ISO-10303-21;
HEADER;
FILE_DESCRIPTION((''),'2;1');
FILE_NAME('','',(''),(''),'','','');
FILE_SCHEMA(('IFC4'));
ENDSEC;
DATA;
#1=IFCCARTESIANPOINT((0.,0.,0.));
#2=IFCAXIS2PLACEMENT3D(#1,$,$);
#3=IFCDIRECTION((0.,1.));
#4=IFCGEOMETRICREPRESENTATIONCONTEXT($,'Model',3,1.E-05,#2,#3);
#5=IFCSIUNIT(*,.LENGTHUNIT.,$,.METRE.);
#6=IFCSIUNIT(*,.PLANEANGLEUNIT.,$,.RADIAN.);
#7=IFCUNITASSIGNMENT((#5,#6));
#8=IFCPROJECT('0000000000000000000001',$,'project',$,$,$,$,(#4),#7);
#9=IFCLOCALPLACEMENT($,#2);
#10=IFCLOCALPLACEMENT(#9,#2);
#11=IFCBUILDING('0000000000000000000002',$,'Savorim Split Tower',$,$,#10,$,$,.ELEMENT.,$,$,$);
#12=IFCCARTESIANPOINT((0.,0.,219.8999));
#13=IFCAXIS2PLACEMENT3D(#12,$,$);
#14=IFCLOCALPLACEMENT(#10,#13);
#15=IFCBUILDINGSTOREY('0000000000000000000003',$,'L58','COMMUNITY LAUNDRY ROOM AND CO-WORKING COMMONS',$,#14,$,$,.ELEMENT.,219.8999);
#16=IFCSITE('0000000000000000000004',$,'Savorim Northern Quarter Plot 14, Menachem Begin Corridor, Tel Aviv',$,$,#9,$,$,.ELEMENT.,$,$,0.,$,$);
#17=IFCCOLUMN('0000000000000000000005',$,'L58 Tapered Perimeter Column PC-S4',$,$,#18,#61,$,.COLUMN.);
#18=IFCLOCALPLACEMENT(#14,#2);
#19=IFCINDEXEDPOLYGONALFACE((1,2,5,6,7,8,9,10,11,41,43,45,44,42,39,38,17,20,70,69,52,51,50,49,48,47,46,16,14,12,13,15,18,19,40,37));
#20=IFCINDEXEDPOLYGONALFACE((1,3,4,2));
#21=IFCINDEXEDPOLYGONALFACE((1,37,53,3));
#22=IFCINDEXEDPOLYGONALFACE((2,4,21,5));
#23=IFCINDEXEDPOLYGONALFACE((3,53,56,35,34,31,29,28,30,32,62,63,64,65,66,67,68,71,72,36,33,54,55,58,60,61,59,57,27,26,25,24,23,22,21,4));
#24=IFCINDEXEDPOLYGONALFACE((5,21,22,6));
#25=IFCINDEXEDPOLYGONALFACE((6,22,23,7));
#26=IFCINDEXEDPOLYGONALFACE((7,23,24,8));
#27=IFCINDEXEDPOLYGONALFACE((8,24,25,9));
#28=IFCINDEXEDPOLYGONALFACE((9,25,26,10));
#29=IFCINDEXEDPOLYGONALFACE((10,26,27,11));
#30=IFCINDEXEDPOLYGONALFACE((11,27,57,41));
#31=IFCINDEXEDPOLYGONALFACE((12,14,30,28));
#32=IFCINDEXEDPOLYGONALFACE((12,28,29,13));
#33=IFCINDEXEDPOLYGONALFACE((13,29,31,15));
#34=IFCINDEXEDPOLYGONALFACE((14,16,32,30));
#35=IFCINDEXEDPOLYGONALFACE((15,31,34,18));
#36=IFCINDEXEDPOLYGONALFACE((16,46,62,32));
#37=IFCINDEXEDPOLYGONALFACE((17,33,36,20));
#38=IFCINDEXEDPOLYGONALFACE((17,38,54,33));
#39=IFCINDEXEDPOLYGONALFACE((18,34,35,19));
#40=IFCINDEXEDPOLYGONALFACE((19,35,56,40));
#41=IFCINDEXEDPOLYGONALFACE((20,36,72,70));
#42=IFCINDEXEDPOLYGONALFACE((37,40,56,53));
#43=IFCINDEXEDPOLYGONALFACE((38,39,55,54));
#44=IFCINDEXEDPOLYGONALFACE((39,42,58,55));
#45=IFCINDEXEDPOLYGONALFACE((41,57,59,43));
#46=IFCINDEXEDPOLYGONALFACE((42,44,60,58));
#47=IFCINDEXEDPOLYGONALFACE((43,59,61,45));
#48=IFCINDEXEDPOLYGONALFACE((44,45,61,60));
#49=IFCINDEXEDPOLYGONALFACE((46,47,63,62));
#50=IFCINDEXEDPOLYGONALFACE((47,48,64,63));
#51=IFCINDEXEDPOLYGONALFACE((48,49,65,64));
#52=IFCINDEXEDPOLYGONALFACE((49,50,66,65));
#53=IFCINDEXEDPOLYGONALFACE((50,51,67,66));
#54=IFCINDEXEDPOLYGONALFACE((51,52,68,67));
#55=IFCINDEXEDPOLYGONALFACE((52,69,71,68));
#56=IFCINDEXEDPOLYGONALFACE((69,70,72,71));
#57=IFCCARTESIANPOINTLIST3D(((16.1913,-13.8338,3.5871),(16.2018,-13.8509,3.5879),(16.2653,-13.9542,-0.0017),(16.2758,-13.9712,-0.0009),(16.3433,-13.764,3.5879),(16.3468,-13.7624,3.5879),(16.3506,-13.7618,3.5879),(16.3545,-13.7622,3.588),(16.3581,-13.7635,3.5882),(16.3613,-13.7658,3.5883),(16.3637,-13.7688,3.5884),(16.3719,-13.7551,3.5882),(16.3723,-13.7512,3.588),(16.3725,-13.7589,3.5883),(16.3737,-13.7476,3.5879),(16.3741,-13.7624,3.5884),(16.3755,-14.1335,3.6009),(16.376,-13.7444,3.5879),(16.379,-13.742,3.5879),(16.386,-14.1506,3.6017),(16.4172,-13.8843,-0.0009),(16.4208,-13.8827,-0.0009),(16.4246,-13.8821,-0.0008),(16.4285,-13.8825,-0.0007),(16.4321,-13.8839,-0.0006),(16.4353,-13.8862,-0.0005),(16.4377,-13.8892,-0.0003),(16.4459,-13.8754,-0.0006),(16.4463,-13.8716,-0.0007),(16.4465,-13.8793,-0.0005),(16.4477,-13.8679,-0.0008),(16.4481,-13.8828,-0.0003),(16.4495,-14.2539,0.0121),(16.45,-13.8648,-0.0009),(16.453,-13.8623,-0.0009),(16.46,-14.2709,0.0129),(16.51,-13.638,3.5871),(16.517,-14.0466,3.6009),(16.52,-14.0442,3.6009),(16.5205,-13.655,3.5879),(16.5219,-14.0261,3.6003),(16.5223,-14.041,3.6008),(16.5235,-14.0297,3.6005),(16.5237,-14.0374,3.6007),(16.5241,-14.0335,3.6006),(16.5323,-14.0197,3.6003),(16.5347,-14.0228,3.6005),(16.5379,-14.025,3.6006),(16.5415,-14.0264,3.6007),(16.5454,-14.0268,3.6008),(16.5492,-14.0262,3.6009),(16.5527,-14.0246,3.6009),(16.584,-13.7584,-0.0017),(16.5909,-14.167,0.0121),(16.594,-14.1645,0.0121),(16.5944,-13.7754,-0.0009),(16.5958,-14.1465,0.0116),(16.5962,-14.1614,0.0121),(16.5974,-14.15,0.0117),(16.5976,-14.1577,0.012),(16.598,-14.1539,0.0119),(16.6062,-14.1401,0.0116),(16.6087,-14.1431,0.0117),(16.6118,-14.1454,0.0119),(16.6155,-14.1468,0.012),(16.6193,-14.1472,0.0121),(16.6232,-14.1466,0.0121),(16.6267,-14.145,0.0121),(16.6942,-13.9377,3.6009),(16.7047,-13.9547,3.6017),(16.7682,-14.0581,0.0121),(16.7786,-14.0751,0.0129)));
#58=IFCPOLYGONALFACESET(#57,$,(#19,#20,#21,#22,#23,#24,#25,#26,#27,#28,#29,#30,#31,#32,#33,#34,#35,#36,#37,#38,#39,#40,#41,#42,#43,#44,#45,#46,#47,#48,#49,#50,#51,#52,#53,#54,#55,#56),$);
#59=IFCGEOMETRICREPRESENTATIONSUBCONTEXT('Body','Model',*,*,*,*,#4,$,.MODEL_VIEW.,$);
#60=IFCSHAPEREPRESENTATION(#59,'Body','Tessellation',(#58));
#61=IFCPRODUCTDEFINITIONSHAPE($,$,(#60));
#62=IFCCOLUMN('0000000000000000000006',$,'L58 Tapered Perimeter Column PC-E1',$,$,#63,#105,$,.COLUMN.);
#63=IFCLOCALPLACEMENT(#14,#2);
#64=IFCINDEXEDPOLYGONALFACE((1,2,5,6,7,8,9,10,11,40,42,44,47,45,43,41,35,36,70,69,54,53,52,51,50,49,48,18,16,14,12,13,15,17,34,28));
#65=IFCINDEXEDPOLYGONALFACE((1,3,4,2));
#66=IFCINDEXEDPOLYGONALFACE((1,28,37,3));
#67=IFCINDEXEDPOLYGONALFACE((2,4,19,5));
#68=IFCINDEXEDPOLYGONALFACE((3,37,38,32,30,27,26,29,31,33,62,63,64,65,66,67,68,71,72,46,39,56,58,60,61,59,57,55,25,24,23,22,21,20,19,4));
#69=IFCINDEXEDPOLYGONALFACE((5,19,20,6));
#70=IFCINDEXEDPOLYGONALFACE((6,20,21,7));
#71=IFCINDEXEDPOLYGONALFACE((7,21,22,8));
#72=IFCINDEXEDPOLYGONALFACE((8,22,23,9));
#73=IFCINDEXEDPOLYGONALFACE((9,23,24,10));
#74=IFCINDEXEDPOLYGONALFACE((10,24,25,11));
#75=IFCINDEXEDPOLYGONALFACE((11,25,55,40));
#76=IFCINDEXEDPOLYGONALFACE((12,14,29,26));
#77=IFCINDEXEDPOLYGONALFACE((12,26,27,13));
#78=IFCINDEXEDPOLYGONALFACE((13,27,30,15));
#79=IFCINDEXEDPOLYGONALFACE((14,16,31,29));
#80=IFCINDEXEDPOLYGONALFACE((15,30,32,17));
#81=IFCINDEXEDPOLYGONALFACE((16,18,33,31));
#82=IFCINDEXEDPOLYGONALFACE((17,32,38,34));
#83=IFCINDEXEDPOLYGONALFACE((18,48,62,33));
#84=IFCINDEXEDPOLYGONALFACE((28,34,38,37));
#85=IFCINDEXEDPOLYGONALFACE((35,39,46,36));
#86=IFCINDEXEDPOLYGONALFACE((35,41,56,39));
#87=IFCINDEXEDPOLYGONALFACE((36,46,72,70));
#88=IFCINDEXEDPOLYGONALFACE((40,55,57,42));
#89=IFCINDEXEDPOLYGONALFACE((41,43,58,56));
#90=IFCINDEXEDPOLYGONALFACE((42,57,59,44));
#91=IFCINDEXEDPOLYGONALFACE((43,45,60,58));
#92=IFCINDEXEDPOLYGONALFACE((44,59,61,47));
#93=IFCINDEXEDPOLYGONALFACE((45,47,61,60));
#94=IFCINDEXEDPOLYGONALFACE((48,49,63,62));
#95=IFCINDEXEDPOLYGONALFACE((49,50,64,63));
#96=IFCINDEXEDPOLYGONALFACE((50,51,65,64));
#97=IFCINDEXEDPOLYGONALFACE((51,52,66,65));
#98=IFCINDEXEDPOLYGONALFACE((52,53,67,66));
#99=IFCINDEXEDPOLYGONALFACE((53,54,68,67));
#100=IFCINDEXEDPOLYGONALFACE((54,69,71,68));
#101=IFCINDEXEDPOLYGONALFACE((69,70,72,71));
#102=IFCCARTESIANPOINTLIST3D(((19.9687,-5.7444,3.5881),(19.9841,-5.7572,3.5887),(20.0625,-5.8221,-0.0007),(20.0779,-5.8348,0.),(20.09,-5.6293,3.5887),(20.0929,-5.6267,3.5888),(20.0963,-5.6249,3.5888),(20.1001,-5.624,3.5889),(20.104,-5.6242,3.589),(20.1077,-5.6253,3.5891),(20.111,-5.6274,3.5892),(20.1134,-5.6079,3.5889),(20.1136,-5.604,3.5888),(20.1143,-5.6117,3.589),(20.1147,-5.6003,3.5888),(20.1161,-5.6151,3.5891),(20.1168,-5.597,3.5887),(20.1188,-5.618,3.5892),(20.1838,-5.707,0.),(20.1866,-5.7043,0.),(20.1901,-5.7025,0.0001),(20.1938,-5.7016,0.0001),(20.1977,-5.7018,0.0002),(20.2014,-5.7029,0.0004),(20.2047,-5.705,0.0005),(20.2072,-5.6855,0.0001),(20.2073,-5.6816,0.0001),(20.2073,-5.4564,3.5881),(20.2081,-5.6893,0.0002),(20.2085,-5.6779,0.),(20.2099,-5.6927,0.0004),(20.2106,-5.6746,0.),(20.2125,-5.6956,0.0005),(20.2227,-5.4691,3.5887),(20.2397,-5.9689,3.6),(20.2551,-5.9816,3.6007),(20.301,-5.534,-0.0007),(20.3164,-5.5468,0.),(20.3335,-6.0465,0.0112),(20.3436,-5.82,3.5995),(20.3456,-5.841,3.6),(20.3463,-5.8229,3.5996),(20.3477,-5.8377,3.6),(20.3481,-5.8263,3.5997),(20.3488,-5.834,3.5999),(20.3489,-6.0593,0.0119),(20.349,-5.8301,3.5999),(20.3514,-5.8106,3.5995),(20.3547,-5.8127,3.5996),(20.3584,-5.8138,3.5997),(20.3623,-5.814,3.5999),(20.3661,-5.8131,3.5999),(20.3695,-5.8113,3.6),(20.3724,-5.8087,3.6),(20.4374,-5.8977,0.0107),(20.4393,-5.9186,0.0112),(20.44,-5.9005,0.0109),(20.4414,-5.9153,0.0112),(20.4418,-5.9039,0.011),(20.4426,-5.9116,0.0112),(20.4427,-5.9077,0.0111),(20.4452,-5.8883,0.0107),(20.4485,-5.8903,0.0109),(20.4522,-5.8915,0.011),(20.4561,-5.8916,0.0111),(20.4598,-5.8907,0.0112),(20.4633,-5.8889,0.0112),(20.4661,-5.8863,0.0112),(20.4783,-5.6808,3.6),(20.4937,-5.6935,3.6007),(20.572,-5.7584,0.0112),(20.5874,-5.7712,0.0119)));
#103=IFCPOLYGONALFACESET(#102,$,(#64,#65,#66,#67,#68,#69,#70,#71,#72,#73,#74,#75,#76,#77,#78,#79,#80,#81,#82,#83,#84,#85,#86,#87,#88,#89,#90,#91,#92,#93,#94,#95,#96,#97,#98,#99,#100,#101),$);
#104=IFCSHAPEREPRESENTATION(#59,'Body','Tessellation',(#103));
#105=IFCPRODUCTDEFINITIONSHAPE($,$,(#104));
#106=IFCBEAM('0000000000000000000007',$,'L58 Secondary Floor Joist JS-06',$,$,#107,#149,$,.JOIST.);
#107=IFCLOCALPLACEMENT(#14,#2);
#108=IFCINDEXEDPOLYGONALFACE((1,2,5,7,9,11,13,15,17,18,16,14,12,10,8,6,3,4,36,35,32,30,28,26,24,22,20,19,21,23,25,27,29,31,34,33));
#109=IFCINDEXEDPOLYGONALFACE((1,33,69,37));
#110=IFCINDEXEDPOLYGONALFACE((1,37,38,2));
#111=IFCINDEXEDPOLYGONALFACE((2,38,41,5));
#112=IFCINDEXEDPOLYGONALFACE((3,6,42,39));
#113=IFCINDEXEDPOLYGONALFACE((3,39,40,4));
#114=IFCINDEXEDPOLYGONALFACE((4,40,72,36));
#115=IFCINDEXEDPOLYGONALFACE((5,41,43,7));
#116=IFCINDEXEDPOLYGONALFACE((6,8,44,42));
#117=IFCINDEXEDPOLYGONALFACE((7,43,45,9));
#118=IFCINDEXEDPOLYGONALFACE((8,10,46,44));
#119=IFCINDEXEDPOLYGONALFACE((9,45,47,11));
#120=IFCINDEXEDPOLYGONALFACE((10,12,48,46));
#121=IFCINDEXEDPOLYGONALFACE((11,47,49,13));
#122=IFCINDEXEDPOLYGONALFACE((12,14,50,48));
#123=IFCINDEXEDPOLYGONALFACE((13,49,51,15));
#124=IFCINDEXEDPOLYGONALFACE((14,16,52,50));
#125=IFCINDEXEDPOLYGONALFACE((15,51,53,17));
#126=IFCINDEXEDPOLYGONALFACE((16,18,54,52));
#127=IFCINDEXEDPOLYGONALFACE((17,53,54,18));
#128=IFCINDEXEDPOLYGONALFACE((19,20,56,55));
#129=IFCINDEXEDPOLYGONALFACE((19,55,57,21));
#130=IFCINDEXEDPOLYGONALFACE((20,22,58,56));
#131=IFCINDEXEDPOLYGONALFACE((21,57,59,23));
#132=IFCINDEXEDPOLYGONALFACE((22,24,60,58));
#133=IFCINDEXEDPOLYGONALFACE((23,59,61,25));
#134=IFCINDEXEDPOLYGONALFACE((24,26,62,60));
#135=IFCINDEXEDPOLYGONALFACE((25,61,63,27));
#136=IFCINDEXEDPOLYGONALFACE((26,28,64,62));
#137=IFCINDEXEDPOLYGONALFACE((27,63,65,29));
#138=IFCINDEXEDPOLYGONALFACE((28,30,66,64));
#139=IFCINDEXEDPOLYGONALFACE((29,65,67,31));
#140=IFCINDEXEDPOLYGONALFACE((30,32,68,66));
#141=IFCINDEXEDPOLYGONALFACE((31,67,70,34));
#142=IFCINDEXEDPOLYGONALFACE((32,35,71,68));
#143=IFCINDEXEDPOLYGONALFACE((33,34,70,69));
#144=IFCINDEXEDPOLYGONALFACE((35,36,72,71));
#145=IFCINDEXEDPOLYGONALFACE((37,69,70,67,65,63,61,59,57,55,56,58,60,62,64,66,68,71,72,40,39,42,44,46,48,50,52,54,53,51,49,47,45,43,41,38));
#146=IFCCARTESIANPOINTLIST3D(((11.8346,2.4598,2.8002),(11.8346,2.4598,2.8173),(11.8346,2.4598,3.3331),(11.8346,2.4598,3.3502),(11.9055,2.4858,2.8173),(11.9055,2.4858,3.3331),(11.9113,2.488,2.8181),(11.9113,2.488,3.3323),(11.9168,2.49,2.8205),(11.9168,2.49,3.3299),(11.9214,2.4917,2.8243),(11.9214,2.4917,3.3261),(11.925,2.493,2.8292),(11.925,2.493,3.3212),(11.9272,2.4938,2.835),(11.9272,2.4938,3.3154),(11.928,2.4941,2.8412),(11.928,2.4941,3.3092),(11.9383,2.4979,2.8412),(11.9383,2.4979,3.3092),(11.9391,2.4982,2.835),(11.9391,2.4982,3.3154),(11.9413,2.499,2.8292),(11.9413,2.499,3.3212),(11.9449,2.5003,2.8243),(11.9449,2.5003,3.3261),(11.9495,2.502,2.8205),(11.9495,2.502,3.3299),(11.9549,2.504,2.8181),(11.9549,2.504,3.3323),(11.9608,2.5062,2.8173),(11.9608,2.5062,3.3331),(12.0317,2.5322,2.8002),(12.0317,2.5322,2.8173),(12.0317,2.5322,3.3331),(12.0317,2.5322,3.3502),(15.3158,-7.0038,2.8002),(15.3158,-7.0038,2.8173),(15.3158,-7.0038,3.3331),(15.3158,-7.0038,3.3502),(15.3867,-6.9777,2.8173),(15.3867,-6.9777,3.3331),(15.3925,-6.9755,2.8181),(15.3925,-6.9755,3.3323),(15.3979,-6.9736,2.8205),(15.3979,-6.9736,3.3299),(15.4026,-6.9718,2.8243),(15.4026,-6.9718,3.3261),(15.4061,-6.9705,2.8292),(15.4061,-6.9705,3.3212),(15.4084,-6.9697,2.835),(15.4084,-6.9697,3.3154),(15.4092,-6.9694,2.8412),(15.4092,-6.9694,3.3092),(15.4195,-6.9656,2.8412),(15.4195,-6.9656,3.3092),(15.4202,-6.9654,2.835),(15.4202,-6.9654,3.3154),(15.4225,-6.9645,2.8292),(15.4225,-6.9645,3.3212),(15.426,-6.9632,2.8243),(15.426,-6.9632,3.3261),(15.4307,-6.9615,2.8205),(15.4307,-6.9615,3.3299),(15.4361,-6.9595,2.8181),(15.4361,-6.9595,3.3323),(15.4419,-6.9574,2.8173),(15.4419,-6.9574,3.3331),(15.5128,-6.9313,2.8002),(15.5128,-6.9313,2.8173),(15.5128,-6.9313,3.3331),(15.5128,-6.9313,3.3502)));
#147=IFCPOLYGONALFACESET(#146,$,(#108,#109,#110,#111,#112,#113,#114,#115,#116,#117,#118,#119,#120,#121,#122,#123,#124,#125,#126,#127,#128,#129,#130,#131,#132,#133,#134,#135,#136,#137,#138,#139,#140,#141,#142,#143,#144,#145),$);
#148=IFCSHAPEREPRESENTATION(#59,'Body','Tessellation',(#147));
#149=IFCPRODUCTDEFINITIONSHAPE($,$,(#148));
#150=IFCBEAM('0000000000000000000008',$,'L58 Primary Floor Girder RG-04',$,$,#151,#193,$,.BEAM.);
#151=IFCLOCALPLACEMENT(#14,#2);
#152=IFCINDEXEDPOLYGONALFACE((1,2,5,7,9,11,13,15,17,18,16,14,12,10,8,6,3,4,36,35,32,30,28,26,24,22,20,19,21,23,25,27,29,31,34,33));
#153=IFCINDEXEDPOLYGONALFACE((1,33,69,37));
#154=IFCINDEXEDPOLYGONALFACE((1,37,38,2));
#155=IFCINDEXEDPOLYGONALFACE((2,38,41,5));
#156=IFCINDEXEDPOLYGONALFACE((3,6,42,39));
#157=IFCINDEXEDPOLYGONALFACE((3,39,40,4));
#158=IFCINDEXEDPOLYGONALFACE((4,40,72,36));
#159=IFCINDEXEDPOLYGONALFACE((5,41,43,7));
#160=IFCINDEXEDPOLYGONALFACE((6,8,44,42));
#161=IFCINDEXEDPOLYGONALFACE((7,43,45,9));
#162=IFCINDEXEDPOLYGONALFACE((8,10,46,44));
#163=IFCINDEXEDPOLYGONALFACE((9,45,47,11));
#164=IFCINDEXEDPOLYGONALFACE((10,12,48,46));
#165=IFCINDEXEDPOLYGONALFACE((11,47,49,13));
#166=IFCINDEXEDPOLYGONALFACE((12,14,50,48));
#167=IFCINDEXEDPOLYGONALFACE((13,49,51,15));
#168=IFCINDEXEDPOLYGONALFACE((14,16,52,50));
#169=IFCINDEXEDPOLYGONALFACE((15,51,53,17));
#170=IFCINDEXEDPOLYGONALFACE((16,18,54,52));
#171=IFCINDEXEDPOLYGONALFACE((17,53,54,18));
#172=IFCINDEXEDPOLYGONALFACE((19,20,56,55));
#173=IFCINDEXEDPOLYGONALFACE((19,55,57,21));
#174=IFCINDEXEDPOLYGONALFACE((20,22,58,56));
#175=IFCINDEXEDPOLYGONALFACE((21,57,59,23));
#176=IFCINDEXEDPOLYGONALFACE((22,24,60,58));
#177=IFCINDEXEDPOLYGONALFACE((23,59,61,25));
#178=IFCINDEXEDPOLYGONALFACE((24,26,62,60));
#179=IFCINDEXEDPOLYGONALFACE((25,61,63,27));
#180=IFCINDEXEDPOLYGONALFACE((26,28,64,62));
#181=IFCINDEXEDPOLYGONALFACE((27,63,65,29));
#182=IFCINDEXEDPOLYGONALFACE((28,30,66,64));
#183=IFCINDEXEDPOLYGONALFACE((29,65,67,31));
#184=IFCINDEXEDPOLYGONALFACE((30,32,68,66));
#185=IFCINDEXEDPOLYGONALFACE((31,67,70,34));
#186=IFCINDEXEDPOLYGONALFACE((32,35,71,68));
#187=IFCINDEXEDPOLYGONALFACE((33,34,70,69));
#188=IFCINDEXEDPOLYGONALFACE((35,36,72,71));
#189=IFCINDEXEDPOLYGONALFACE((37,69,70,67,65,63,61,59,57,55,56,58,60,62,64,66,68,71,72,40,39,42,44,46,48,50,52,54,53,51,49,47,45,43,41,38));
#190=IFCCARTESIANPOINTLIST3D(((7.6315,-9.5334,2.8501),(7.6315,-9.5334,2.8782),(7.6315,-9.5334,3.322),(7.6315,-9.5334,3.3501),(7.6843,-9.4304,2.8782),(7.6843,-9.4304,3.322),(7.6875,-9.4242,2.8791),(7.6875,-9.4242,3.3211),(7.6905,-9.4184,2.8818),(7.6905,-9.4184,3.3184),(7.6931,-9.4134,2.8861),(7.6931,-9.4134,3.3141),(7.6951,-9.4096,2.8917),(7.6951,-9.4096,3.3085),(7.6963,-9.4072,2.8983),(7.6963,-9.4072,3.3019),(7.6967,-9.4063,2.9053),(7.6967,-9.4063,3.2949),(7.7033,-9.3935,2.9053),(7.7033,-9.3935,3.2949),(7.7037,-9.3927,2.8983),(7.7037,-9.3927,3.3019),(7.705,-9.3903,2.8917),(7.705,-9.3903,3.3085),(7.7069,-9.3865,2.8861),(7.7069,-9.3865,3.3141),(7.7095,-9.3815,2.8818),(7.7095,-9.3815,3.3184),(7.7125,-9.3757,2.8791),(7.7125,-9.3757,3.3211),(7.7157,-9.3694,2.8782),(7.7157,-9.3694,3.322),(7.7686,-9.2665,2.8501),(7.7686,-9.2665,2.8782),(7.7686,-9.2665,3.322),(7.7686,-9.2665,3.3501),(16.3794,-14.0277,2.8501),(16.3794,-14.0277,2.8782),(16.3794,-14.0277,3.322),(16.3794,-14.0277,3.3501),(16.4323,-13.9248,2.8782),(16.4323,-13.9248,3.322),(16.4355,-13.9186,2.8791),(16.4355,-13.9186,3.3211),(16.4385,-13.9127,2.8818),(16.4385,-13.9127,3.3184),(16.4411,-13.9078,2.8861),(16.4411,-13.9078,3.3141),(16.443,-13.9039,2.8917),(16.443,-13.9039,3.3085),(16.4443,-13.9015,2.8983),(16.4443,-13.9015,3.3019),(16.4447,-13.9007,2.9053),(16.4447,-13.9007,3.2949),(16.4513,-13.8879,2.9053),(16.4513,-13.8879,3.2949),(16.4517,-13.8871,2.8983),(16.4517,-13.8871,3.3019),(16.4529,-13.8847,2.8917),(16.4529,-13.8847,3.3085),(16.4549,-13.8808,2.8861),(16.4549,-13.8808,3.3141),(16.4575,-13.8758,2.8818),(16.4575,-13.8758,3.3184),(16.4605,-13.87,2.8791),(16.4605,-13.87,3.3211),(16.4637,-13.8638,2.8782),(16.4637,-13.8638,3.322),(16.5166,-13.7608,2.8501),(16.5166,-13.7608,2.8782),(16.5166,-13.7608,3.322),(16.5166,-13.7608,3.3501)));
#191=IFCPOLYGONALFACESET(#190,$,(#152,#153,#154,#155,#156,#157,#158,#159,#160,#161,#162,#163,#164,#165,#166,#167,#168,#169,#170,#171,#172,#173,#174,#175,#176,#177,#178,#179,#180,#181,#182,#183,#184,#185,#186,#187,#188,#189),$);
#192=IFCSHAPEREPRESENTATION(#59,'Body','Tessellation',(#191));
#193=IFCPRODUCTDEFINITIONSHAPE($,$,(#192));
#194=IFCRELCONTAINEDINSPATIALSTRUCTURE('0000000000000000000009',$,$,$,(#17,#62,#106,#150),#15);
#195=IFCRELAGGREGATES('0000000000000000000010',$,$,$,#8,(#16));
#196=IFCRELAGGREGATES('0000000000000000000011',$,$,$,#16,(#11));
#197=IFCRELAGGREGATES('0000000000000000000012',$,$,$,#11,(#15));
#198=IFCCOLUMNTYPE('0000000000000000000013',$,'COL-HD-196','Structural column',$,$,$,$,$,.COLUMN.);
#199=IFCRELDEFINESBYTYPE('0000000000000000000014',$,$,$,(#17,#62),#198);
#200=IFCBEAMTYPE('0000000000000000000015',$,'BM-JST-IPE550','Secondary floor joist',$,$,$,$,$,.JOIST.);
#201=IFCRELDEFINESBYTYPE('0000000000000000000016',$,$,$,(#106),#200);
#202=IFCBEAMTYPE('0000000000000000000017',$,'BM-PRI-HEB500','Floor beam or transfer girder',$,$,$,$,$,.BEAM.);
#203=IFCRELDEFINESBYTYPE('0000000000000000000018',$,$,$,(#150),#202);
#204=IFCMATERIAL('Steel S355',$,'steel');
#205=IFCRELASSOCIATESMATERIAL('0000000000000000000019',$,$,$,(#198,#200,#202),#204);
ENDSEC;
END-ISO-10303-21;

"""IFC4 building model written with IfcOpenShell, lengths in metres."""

from ifc_helpers import new_model, si_unit, direction, frame, origin, origin_2d, place, context, subcontext, project, spatial, i_section, extrude, material, material_profile, profile_set, type_object, element, save


model = new_model("IFC4")

# Units and contexts
model_context = context("Model", 3, precision=1e-05, world=origin(), true_north=direction((0.0, 1.0)))
body_context = subcontext(model_context, "Body", "Model", "MODEL_VIEW")
ifc_project = project(units=[si_unit("LENGTHUNIT", "METRE"), si_unit("PLANEANGLEUNIT", "RADIAN")], contexts=[model_context])

# Site, building, storey
site_placement = place(None, origin())
site = spatial("IfcSite", under=ifc_project, at=site_placement, Name="Savorim Northern Quarter Plot 14, Menachem Begin Corridor, Tel Aviv", CompositionType="ELEMENT", RefElevation=0.0)
building_placement = place(site_placement, origin())
building = spatial("IfcBuilding", under=site, at=building_placement, Name="Savorim Split Tower", CompositionType="ELEMENT")
storey_placement = place(building_placement, frame((0.0, 0.0, 219.8999)))
storey = spatial("IfcBuildingStorey", under=building, at=storey_placement, Name="L58", Description="COMMUNITY LAUNDRY ROOM AND CO-WORKING COMMONS", CompositionType="ELEMENT", Elevation=219.8999)

# Columns
ifc_material_1 = material(Name="Steel S355", Category="steel")
ifc_material_profile_1 = material_profile(ifc_material_1, i_section(OverallWidth=0.374, OverallDepth=0.3721, WebThickness=0.0122, FlangeThickness=0.02, FilletRadius=0.0149, at=origin_2d()), Name="HD 360x196")
ifc_profile_set_1 = profile_set([ifc_material_profile_1], Name="Steel S355")
column_type = type_object("IfcColumnType", Name="COL-HD-196", Description="Structural column", PredefinedType="COLUMN", material=ifc_profile_set_1)
column_1_placement = place(storey_placement, frame((16.522, -14.0146, 0.0056), z_axis=(-0.020596, 0.033511, 0.999226), x_axis=(-0.851955, -0.523615, 0.0)))
element("IfcColumn", 1, at=column_1_placement, inside=storey, type_object=column_type, Name="L58 Tapered Perimeter Column PC-S4", PredefinedType="COLUMN", context=body_context, shape_type="SweptSolid", body=[
    extrude(i_section(OverallWidth=0.374, OverallDepth=0.3721, WebThickness=0.0122, FlangeThickness=0.02, FilletRadius=0.0149, at=origin_2d()), origin(), (0.0, 0.0, 1.0), 3.5916),
])
column_2_placement = place(storey_placement, frame((20.325, -5.7966, 0.0056), z_axis=(-0.026107, 0.02162, 0.999425), x_axis=(-0.637814, -0.77019, 0.0)))
element("IfcColumn", 2, at=column_2_placement, inside=storey, type_object=column_type, Name="L58 Tapered Perimeter Column PC-E1", PredefinedType="COLUMN", context=body_context, shape_type="SweptSolid", body=[
    extrude(i_section(OverallWidth=0.374, OverallDepth=0.3721, WebThickness=0.0122, FlangeThickness=0.02, FilletRadius=0.0149, at=origin_2d()), origin(), (0.0, 0.0, 1.0), 3.5908),
])

# Beams
ifc_material_profile_2 = material_profile(ifc_material_1, i_section(OverallWidth=0.21, OverallDepth=0.55, WebThickness=0.011, FlangeThickness=0.0171, FilletRadius=0.0239, at=origin_2d()), Name="IPE 550")
ifc_profile_set_2 = profile_set([ifc_material_profile_2], Name="Steel S355")
beam_type_1 = type_object("IfcBeamType", Name="BM-JST-IPE550", Description="Secondary floor joist", PredefinedType="JOIST", material=ifc_profile_set_2)
beam_1_placement = place(storey_placement, frame((15.4143, -6.9675, 3.0752), z_axis=(-0.345234, 0.938517, 0.0), x_axis=(-0.938517, -0.345234, 0.0)))
element("IfcBeam", 3, at=beam_1_placement, inside=storey, type_object=beam_type_1, Name="L58 Secondary Floor Joist JS-06", PredefinedType="JOIST", context=body_context, shape_type="SweptSolid", body=[
    extrude(i_section(OverallWidth=0.21, OverallDepth=0.55, WebThickness=0.011, FlangeThickness=0.0171, FilletRadius=0.0239, at=origin_2d()), origin(), (0.0, 0.0, 1.0), 10.0835),
])
ifc_material_profile_3 = material_profile(ifc_material_1, i_section(OverallWidth=0.3, OverallDepth=0.5, WebThickness=0.0144, FlangeThickness=0.0281, FilletRadius=0.0271, at=origin_2d()), Name="HEB 500")
ifc_profile_set_3 = profile_set([ifc_material_profile_3], Name="Steel S355")
beam_type_2 = type_object("IfcBeamType", Name="BM-PRI-HEB500", Description="Floor beam or transfer girder", PredefinedType="BEAM", material=ifc_profile_set_3)
beam_2_placement = place(storey_placement, frame((16.448, -13.8943, 3.1001), z_axis=(-0.889478, 0.456977, 0.0), x_axis=(-0.456977, -0.889478, 0.0)))
element("IfcBeam", 4, at=beam_2_placement, inside=storey, type_object=beam_type_2, Name="L58 Primary Floor Girder RG-04", PredefinedType="BEAM", context=body_context, shape_type="SweptSolid", body=[
    extrude(i_section(OverallWidth=0.3, OverallDepth=0.5, WebThickness=0.0144, FlangeThickness=0.0281, FilletRadius=0.0271, at=origin_2d()), origin(), (0.0, 0.0, 1.0), 9.835),
])

save(model, "model.ifc")
